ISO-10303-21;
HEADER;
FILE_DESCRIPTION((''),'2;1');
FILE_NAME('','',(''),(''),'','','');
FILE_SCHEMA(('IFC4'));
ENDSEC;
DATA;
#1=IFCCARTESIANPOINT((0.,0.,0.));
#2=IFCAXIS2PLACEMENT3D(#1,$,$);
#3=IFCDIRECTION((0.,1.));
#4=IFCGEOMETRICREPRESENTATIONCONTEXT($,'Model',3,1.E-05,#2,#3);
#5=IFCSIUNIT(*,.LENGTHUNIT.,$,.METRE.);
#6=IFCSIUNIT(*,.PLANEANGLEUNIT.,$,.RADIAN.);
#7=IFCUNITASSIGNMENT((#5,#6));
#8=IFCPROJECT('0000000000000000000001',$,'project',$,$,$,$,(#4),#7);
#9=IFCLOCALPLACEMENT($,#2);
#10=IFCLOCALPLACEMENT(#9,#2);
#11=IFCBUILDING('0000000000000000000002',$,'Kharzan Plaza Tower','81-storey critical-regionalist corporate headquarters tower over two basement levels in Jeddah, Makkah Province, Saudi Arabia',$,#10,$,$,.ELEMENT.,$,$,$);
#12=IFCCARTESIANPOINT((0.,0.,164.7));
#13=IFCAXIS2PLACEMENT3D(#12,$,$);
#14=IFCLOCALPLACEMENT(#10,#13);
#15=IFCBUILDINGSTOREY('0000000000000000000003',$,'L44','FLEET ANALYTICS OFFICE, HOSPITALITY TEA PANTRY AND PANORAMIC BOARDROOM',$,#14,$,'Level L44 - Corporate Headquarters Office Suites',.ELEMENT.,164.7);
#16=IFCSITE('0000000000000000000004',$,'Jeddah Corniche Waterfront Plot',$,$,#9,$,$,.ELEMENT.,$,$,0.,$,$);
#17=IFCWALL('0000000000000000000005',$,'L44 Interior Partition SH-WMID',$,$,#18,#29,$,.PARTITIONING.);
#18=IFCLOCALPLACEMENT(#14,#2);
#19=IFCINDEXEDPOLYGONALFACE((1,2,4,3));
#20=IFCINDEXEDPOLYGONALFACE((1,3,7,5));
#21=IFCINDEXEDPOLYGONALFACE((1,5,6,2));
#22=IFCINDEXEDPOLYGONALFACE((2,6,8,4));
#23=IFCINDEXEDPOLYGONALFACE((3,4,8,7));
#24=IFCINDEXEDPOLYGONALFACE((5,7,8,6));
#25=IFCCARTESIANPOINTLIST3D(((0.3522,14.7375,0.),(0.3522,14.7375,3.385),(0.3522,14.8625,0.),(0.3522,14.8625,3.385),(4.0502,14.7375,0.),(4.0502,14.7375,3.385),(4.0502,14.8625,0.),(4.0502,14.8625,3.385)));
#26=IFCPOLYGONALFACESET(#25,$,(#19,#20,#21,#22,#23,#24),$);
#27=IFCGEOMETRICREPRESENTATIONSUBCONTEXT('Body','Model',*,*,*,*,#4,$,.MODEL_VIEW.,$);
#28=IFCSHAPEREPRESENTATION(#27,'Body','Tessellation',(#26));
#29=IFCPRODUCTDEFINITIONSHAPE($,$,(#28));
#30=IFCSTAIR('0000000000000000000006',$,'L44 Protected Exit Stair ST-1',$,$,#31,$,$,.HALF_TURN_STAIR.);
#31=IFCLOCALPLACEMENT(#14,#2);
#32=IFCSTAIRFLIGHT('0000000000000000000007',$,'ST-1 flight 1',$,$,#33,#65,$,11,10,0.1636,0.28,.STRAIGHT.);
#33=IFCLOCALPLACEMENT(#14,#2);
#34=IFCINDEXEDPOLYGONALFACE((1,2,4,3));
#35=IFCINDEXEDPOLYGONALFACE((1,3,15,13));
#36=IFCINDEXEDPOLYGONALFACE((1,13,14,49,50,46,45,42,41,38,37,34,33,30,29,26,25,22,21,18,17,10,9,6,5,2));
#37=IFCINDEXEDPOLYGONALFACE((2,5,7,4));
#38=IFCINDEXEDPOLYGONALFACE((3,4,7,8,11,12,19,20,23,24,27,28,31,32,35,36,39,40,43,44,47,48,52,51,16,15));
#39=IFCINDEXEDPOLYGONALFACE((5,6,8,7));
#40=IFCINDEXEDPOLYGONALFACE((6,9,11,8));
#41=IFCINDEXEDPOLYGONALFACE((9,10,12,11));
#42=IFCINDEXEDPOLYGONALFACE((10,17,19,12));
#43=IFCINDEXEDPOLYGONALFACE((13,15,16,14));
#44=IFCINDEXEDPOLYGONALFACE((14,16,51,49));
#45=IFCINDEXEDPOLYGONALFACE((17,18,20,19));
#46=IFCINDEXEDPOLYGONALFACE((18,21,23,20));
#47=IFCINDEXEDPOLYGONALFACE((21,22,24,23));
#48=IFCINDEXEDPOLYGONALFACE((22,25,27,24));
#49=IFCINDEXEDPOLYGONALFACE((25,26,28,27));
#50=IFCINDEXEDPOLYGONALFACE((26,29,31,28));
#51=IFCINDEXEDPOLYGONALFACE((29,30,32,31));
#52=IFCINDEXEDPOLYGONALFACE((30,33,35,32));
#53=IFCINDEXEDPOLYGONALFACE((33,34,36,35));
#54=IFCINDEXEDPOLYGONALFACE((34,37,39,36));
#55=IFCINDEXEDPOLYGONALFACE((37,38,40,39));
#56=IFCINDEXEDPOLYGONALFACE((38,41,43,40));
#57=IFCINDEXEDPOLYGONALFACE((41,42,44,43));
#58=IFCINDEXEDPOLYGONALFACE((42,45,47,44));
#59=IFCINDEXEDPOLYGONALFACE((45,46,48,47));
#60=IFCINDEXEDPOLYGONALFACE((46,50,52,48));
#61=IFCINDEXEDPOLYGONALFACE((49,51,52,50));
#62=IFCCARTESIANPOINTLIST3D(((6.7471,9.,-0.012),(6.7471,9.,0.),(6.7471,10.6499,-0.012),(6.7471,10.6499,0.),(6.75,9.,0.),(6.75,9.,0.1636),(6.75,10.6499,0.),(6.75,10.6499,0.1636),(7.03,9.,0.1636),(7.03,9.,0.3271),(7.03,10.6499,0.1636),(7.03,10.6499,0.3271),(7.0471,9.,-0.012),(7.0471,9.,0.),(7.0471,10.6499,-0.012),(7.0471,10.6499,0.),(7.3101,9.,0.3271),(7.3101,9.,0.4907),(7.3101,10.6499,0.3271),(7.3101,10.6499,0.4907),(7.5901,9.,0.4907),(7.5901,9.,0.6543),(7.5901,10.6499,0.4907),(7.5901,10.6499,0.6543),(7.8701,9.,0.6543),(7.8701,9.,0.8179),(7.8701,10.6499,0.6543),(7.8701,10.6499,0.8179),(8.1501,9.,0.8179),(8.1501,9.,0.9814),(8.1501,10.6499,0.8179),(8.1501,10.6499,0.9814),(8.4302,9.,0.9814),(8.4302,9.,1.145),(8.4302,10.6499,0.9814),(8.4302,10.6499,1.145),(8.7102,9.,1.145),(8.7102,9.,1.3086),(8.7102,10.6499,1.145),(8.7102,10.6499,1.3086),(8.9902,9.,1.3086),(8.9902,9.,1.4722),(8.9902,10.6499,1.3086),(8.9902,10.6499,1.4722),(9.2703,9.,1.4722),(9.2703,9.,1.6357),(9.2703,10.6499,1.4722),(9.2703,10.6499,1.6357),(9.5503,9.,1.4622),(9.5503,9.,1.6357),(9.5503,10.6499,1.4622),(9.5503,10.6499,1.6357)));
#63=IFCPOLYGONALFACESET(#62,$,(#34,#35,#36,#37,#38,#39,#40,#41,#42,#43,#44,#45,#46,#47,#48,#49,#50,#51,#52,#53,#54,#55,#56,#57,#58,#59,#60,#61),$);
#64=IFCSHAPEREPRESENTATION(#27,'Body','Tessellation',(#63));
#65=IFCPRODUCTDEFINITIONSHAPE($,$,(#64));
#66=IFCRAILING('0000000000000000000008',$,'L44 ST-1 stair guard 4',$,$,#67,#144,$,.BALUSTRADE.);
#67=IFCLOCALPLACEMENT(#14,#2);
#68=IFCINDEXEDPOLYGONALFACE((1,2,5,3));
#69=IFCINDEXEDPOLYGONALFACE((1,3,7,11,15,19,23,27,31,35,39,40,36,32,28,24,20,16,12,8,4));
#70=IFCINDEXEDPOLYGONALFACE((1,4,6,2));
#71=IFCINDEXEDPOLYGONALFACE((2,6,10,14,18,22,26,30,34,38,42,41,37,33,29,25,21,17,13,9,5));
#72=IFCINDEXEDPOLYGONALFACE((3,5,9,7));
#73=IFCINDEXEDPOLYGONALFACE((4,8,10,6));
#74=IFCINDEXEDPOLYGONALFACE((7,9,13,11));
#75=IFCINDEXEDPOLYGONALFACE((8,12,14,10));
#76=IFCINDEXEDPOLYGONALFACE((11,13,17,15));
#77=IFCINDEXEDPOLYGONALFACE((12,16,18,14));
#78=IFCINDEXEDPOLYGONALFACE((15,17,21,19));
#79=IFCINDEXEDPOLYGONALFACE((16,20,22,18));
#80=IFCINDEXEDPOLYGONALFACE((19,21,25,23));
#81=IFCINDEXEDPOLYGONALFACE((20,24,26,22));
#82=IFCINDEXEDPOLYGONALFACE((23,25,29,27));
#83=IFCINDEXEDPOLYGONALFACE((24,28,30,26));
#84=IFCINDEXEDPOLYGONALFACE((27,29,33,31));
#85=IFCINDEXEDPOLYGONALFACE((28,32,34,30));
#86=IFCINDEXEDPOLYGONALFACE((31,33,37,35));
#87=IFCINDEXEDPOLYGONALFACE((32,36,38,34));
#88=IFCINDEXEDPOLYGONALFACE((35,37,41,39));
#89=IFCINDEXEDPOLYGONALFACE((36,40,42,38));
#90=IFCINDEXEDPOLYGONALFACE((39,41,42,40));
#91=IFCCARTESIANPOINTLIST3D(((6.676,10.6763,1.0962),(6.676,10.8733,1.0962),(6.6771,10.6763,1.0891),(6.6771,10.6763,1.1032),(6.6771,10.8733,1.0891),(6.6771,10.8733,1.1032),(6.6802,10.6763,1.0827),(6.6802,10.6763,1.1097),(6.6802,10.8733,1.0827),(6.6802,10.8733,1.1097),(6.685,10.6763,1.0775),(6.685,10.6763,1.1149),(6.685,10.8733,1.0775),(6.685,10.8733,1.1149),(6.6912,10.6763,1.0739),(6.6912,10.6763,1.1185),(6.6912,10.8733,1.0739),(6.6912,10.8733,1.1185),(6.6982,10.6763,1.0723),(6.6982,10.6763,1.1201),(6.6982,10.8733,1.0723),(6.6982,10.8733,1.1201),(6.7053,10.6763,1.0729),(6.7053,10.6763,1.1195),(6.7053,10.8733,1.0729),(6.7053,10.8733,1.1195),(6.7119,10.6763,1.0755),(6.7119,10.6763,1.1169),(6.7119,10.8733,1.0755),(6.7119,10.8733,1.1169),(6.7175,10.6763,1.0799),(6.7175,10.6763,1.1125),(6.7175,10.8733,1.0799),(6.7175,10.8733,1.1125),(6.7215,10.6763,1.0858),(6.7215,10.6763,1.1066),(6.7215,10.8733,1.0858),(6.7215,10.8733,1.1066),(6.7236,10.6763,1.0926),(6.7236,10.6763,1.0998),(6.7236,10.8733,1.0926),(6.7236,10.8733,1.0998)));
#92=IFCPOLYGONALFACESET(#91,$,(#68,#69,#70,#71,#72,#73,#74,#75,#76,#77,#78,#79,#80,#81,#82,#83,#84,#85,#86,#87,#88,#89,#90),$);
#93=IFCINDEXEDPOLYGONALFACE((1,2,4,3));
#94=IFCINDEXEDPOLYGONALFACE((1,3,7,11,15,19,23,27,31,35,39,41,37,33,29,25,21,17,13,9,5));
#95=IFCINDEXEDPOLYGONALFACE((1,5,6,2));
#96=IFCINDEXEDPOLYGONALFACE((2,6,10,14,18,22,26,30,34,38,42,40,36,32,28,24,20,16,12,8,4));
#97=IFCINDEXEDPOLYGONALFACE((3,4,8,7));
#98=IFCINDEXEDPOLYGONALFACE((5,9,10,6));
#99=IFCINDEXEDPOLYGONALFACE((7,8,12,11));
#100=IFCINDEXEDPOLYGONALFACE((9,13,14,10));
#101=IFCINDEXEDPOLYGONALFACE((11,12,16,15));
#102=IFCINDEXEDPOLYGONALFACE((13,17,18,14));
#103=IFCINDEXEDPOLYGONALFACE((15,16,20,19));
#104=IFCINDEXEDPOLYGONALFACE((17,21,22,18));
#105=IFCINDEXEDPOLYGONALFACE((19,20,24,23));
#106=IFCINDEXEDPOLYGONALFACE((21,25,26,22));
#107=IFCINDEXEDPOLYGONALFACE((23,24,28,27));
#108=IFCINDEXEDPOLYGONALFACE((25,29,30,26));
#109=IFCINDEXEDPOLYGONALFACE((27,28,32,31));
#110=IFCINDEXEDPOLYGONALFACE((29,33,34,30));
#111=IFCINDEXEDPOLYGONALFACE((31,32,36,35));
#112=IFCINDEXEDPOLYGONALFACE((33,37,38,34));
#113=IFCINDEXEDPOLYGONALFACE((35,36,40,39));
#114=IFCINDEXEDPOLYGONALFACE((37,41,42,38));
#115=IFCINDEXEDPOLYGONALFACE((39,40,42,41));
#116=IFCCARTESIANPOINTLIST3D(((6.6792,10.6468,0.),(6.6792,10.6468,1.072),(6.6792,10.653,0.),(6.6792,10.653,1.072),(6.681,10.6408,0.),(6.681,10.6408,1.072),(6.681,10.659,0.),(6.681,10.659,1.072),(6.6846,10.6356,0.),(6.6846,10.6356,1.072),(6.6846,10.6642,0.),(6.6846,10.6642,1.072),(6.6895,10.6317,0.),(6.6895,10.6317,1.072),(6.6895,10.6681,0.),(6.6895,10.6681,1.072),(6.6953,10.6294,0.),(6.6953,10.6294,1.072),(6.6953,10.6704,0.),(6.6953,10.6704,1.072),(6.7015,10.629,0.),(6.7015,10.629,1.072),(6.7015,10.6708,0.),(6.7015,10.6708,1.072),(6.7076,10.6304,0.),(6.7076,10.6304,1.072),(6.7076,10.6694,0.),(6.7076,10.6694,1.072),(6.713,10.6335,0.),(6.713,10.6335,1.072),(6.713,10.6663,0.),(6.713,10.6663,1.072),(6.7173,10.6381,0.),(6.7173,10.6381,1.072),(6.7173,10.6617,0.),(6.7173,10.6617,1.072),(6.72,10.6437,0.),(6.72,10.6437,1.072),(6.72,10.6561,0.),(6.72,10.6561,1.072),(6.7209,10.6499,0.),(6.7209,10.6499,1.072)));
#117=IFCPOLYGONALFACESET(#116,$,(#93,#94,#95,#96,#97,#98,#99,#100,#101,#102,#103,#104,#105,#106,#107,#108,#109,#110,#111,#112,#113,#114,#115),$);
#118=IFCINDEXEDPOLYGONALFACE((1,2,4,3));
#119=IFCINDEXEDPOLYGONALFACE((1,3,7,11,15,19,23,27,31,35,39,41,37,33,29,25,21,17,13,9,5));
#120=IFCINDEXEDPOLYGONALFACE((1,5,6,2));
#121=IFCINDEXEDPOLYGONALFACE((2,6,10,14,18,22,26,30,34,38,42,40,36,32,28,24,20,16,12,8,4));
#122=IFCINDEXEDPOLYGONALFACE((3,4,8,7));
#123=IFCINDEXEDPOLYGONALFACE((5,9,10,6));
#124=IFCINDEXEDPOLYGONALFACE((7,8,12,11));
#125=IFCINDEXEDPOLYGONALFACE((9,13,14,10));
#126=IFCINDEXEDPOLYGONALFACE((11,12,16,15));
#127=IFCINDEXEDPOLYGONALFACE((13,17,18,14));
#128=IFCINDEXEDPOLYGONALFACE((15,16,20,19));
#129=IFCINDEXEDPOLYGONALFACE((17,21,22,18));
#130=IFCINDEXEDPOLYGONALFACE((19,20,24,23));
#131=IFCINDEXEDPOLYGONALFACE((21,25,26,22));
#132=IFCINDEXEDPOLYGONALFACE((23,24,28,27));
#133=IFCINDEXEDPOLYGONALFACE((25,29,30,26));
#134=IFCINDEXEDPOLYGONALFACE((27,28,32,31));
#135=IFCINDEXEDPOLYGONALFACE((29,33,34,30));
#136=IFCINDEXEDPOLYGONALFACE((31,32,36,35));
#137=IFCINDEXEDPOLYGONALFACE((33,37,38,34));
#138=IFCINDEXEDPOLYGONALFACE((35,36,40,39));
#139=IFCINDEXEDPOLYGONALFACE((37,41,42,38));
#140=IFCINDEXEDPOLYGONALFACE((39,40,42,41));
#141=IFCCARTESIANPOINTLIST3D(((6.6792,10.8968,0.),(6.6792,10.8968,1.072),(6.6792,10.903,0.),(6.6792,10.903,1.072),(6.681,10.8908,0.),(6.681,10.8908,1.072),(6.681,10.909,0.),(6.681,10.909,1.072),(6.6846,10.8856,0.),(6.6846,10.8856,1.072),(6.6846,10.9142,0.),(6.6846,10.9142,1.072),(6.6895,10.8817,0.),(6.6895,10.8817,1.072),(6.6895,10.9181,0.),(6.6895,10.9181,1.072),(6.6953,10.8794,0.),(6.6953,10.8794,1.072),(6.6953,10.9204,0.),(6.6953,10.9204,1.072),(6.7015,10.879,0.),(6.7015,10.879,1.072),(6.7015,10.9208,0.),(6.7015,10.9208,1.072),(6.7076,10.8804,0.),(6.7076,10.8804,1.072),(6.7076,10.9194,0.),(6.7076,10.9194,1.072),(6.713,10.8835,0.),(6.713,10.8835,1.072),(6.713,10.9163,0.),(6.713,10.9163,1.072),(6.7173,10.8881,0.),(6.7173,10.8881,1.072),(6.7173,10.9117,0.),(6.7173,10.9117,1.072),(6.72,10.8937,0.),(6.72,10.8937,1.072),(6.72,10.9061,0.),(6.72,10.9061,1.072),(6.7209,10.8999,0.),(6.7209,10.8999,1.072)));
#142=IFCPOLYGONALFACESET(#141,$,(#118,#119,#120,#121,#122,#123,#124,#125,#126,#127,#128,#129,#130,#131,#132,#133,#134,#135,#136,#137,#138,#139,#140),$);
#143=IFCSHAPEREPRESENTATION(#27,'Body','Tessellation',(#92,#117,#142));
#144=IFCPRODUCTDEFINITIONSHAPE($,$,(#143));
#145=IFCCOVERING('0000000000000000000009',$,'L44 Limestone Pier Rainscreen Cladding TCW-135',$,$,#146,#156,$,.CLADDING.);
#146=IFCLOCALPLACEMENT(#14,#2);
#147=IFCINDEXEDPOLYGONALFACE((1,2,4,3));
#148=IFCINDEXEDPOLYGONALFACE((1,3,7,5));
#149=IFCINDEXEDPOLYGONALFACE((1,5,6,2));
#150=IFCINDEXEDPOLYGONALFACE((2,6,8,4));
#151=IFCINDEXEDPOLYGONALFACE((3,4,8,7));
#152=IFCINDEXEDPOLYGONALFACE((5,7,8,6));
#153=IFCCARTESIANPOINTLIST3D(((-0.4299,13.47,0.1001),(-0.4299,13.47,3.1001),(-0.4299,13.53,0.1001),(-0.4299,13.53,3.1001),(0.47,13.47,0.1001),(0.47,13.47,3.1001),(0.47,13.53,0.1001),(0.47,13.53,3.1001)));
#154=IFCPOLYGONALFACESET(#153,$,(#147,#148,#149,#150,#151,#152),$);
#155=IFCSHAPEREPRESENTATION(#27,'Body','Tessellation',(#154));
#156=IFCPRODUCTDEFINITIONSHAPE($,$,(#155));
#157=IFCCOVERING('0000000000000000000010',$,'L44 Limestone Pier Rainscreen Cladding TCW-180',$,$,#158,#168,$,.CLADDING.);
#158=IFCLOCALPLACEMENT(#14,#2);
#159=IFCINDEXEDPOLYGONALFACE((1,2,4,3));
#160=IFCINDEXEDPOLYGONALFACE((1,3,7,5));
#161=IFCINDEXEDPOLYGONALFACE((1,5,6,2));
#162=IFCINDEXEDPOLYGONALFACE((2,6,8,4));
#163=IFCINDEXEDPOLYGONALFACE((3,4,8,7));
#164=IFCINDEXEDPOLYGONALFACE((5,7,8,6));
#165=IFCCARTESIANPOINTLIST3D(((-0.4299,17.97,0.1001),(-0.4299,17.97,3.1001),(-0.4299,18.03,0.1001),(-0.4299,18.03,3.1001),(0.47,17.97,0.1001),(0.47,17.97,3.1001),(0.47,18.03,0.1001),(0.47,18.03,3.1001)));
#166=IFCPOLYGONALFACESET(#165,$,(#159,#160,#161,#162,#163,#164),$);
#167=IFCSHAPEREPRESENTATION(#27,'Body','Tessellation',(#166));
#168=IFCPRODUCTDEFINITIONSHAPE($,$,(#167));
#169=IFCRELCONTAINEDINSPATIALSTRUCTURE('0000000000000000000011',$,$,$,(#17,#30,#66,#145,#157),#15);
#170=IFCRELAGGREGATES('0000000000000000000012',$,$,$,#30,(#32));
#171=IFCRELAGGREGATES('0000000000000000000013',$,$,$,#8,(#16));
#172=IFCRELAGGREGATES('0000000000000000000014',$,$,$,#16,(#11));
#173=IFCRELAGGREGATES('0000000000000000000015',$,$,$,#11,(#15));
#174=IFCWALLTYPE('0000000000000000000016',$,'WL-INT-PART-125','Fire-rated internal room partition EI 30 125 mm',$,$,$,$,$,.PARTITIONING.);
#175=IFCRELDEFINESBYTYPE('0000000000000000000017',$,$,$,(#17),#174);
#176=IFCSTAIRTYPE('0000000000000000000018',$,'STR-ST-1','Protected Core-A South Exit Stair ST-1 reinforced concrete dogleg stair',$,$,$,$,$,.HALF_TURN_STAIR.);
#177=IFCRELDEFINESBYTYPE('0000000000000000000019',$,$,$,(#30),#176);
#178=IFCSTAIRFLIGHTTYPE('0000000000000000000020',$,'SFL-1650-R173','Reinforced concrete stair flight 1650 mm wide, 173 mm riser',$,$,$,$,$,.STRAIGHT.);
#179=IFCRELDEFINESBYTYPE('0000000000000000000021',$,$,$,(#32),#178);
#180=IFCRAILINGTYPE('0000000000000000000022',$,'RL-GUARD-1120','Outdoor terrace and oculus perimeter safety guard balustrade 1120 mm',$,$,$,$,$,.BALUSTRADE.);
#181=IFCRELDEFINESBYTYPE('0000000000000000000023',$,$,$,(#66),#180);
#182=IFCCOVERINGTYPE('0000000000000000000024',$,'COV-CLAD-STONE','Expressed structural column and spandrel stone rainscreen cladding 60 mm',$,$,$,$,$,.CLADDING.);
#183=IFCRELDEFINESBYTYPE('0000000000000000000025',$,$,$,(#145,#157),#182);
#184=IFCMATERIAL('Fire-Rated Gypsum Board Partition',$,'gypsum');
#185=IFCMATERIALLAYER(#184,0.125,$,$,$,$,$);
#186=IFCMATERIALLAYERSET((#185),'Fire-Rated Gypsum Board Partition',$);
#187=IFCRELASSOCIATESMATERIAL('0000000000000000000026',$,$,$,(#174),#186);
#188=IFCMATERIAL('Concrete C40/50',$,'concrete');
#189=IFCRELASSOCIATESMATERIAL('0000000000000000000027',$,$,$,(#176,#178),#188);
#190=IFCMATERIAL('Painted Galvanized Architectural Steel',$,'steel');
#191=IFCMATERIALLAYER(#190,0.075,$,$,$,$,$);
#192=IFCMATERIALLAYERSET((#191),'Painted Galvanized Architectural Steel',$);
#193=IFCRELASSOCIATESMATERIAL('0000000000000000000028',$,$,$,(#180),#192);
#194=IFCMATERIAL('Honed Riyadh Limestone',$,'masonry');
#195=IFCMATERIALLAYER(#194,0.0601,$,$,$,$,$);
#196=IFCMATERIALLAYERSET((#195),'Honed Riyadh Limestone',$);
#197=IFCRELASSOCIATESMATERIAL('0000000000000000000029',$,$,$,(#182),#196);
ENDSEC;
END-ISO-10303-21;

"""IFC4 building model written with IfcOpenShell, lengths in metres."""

from ifc_helpers import new_model, si_unit, direction, frame, frame_2d, origin, origin_2d, place, context, subcontext, project, spatial, polyline, rectangle, circle, outline, extrude, source, transform, mapped, material, layer, layer_set, type_object, element, aggregate, save


model = new_model("IFC4")

# Units and contexts
model_context = context("Model", 3, precision=1e-05, world=origin(), true_north=direction((0.0, 1.0)))
body_context = subcontext(model_context, "Body", "Model", "MODEL_VIEW")
ifc_project = project(units=[si_unit("LENGTHUNIT", "METRE"), si_unit("PLANEANGLEUNIT", "RADIAN")], contexts=[model_context])

# Site, building, storey
site_placement = place(None, origin())
site = spatial("IfcSite", under=ifc_project, at=site_placement, Name="Jeddah Corniche Waterfront Plot", CompositionType="ELEMENT", RefElevation=0.0)
building_placement = place(site_placement, origin())
building = spatial("IfcBuilding", under=site, at=building_placement, Name="Kharzan Plaza Tower", Description="81-storey critical-regionalist corporate headquarters tower over two basement levels in Jeddah, Makkah Province, Saudi Arabia", CompositionType="ELEMENT")
storey_placement = place(building_placement, frame((0.0, 0.0, 164.7)))
storey = spatial("IfcBuildingStorey", under=building, at=storey_placement, Name="L44", Description="FLEET ANALYTICS OFFICE, HOSPITALITY TEA PANTRY AND PANORAMIC BOARDROOM", LongName="Level L44 - Corporate Headquarters Office Suites", CompositionType="ELEMENT", Elevation=164.7)

# Shared definitions
ifc_material_1 = material(Name="Concrete C40/50", Category="concrete")

# Shared definitions
ifc_material_2 = material(Name="Fire-Rated Gypsum Board Partition", Category="gypsum")
ifc_layer_1 = layer(ifc_material_2, 0.125)
ifc_layer_set_1 = layer_set([ifc_layer_1], Name="Fire-Rated Gypsum Board Partition")
wall_type_1 = type_object("IfcWallType", Name="WL-INT-PART-125", Description="Fire-rated internal room partition EI 30 125 mm", PredefinedType="PARTITIONING", material=ifc_layer_set_1)

# Wall
shared_shape_1 = source(origin(), body_context, "Body", "SweptSolid", [
    extrude(rectangle(XDim=3.698, YDim=0.125, at=frame_2d((1.8491, 0.0))), origin(), (0.0, 0.0, 1.0), 3.385),
])
wall_1_placement = place(storey_placement, frame((0.3521, 14.8, 0.0), z_axis=(0.0, 0.0, 1.0), x_axis=(1.0, 0.0, 0.0)))
element("IfcWall", 1, at=wall_1_placement, inside=storey, type_object=wall_type_1, Name="L44 Interior Partition SH-WMID", PredefinedType="PARTITIONING", context=body_context, shape_type="MappedRepresentation", body=[
    mapped(shared_shape_1, transform((0.0, 0.0, 0.0), x_axis=(1.0, 0.0, 0.0), y_axis=(0.0, 1.0, 0.0), z_axis=(0.0, 0.0, 1.0))),
])

# Stair, stair flight
stair_type = type_object("IfcStairType", Name="STR-ST-1", Description="Protected Core-A South Exit Stair ST-1 reinforced concrete dogleg stair", PredefinedType="HALF_TURN_STAIR", material=ifc_material_1)
stair_placement = place(storey_placement, origin())
stair = element("IfcStair", 2, at=stair_placement, inside=storey, type_object=stair_type, Name="L44 Protected Exit Stair ST-1", PredefinedType="HALF_TURN_STAIR")
stair_flight_type = type_object("IfcStairFlightType", Name="SFL-1650-R173", Description="Reinforced concrete stair flight 1650 mm wide, 173 mm riser", PredefinedType="STRAIGHT", material=ifc_material_1)
shared_shape_2 = source(origin(), body_context, "Body", "SweptSolid", [
    extrude(outline(polyline([(-0.0029, -0.012), (-0.0029, 0.0), (0.0, 0.0), (0.0, 0.1636), (0.28, 0.1636), (0.28, 0.3271), (0.5601, 0.3271), (0.5601, 0.4907), (0.8401, 0.4907), (0.8401, 0.6543), (1.1201, 0.6543), (1.1201, 0.8179), (1.4001, 0.8179), (1.4001, 0.9814), (1.6802, 0.9814), (1.6802, 1.145), (1.9602, 1.145), (1.9602, 1.3086), (2.2402, 1.3086), (2.2402, 1.4722), (2.5203, 1.4722), (2.5203, 1.6357), (2.8003, 1.6357), (2.8003, 1.7993), (2.8003, 1.4622), (0.2971, 0.0), (0.2971, -0.012), (-0.0029, -0.012)])), frame((0.0, 0.825, 0.0), z_axis=(0.0, -1.0, 0.0), x_axis=(1.0, 0.0, 0.0)), (0.0, 0.0, 1.0), 1.6499),
])
stair_flight_placement = place(storey_placement, frame((6.75, 9.825, 0.0), z_axis=(0.0, 0.0, 1.0), x_axis=(1.0, 0.0, 0.0)))
stair_flight = element("IfcStairFlight", 3, at=stair_flight_placement, type_object=stair_flight_type, Name="ST-1 flight 1", NumberOfRisers=11, NumberOfTreads=10, PredefinedType="STRAIGHT", RiserHeight=0.1636, TreadLength=0.28, context=body_context, shape_type="MappedRepresentation", body=[
    mapped(shared_shape_2, transform((0.0, 0.0, 0.0), x_axis=(1.0, 0.0, 0.0), y_axis=(0.0, 1.0, 0.0), z_axis=(0.0, 0.0, 1.0))),
])
aggregate(stair, [stair_flight])

# Railing
ifc_material_3 = material(Name="Painted Galvanized Architectural Steel", Category="steel")
ifc_layer_2 = layer(ifc_material_3, 0.075)
ifc_layer_set_2 = layer_set([ifc_layer_2], Name="Painted Galvanized Architectural Steel")
railing_type_1 = type_object("IfcRailingType", Name="RL-GUARD-1120", Description="Outdoor terrace and oculus perimeter safety guard balustrade 1120 mm", PredefinedType="BALUSTRADE", material=ifc_layer_set_2)
shared_shape_3 = source(origin(), body_context, "Body", "SweptSolid", [
    extrude(circle(Radius=0.0239, at=origin_2d()), frame((0.0, 0.0264, 1.0962), z_axis=(0.0, 1.0, 0.0), x_axis=(-1.0, 0.0, 0.0)), (0.0, 0.0, 1.0), 0.197),
    extrude(circle(Radius=0.021, at=origin_2d()), origin(), (0.0, 0.0, 1.0), 1.072),
    extrude(circle(Radius=0.021, at=origin_2d()), frame((0.0, 0.25, 0.0)), (0.0, 0.0, 1.0), 1.072),
])
railing_1_placement = place(storey_placement, frame((6.7, 10.6499, 0.0)))
element("IfcRailing", 4, at=railing_1_placement, inside=storey, type_object=railing_type_1, Name="L44 ST-1 stair guard 4", PredefinedType="BALUSTRADE", context=body_context, shape_type="MappedRepresentation", body=[
    mapped(shared_shape_3, transform((0.0, 0.0, 0.0), x_axis=(1.0, 0.0, 0.0), y_axis=(0.0, 1.0, 0.0), z_axis=(0.0, 0.0, 1.0))),
])

# Coverings
ifc_material_4 = material(Name="Honed Riyadh Limestone", Category="masonry")
ifc_layer_3 = layer(ifc_material_4, 0.0601)
ifc_layer_set_3 = layer_set([ifc_layer_3], Name="Honed Riyadh Limestone")
covering_type = type_object("IfcCoveringType", Name="COV-CLAD-STONE", Description="Expressed structural column and spandrel stone rainscreen cladding 60 mm", PredefinedType="CLADDING", material=ifc_layer_set_3)
shared_shape_4 = source(origin(), body_context, "Body", "SweptSolid", [
    extrude(rectangle(XDim=0.0601, YDim=0.8999, at=origin_2d()), origin(), (0.0, 0.0, 1.0), 3.0),
])
for number, where, z_axis, x_axis, name in (
    (5, (0.02, 13.5, 0.1001), (0.0, 0.0, 1.0), (0.0, 1.0, 0.0), "L44 Limestone Pier Rainscreen Cladding TCW-135"),
    (6, (0.02, 18.0, 0.1001), (0.0, 0.0, 1.0), (0.0, 1.0, 0.0), "L44 Limestone Pier Rainscreen Cladding TCW-180"),
):
    element("IfcCovering", number, at=place(storey_placement, frame(where, z_axis=z_axis, x_axis=x_axis)), inside=storey, type_object=covering_type, Name=name, PredefinedType="CLADDING", context=body_context, shape_type="MappedRepresentation", body=[
        mapped(shared_shape_4, transform((0.0, 0.0, 0.0), x_axis=(1.0, 0.0, 0.0), y_axis=(0.0, 1.0, 0.0), z_axis=(0.0, 0.0, 1.0))),
    ])

save(model, "model.ifc")
